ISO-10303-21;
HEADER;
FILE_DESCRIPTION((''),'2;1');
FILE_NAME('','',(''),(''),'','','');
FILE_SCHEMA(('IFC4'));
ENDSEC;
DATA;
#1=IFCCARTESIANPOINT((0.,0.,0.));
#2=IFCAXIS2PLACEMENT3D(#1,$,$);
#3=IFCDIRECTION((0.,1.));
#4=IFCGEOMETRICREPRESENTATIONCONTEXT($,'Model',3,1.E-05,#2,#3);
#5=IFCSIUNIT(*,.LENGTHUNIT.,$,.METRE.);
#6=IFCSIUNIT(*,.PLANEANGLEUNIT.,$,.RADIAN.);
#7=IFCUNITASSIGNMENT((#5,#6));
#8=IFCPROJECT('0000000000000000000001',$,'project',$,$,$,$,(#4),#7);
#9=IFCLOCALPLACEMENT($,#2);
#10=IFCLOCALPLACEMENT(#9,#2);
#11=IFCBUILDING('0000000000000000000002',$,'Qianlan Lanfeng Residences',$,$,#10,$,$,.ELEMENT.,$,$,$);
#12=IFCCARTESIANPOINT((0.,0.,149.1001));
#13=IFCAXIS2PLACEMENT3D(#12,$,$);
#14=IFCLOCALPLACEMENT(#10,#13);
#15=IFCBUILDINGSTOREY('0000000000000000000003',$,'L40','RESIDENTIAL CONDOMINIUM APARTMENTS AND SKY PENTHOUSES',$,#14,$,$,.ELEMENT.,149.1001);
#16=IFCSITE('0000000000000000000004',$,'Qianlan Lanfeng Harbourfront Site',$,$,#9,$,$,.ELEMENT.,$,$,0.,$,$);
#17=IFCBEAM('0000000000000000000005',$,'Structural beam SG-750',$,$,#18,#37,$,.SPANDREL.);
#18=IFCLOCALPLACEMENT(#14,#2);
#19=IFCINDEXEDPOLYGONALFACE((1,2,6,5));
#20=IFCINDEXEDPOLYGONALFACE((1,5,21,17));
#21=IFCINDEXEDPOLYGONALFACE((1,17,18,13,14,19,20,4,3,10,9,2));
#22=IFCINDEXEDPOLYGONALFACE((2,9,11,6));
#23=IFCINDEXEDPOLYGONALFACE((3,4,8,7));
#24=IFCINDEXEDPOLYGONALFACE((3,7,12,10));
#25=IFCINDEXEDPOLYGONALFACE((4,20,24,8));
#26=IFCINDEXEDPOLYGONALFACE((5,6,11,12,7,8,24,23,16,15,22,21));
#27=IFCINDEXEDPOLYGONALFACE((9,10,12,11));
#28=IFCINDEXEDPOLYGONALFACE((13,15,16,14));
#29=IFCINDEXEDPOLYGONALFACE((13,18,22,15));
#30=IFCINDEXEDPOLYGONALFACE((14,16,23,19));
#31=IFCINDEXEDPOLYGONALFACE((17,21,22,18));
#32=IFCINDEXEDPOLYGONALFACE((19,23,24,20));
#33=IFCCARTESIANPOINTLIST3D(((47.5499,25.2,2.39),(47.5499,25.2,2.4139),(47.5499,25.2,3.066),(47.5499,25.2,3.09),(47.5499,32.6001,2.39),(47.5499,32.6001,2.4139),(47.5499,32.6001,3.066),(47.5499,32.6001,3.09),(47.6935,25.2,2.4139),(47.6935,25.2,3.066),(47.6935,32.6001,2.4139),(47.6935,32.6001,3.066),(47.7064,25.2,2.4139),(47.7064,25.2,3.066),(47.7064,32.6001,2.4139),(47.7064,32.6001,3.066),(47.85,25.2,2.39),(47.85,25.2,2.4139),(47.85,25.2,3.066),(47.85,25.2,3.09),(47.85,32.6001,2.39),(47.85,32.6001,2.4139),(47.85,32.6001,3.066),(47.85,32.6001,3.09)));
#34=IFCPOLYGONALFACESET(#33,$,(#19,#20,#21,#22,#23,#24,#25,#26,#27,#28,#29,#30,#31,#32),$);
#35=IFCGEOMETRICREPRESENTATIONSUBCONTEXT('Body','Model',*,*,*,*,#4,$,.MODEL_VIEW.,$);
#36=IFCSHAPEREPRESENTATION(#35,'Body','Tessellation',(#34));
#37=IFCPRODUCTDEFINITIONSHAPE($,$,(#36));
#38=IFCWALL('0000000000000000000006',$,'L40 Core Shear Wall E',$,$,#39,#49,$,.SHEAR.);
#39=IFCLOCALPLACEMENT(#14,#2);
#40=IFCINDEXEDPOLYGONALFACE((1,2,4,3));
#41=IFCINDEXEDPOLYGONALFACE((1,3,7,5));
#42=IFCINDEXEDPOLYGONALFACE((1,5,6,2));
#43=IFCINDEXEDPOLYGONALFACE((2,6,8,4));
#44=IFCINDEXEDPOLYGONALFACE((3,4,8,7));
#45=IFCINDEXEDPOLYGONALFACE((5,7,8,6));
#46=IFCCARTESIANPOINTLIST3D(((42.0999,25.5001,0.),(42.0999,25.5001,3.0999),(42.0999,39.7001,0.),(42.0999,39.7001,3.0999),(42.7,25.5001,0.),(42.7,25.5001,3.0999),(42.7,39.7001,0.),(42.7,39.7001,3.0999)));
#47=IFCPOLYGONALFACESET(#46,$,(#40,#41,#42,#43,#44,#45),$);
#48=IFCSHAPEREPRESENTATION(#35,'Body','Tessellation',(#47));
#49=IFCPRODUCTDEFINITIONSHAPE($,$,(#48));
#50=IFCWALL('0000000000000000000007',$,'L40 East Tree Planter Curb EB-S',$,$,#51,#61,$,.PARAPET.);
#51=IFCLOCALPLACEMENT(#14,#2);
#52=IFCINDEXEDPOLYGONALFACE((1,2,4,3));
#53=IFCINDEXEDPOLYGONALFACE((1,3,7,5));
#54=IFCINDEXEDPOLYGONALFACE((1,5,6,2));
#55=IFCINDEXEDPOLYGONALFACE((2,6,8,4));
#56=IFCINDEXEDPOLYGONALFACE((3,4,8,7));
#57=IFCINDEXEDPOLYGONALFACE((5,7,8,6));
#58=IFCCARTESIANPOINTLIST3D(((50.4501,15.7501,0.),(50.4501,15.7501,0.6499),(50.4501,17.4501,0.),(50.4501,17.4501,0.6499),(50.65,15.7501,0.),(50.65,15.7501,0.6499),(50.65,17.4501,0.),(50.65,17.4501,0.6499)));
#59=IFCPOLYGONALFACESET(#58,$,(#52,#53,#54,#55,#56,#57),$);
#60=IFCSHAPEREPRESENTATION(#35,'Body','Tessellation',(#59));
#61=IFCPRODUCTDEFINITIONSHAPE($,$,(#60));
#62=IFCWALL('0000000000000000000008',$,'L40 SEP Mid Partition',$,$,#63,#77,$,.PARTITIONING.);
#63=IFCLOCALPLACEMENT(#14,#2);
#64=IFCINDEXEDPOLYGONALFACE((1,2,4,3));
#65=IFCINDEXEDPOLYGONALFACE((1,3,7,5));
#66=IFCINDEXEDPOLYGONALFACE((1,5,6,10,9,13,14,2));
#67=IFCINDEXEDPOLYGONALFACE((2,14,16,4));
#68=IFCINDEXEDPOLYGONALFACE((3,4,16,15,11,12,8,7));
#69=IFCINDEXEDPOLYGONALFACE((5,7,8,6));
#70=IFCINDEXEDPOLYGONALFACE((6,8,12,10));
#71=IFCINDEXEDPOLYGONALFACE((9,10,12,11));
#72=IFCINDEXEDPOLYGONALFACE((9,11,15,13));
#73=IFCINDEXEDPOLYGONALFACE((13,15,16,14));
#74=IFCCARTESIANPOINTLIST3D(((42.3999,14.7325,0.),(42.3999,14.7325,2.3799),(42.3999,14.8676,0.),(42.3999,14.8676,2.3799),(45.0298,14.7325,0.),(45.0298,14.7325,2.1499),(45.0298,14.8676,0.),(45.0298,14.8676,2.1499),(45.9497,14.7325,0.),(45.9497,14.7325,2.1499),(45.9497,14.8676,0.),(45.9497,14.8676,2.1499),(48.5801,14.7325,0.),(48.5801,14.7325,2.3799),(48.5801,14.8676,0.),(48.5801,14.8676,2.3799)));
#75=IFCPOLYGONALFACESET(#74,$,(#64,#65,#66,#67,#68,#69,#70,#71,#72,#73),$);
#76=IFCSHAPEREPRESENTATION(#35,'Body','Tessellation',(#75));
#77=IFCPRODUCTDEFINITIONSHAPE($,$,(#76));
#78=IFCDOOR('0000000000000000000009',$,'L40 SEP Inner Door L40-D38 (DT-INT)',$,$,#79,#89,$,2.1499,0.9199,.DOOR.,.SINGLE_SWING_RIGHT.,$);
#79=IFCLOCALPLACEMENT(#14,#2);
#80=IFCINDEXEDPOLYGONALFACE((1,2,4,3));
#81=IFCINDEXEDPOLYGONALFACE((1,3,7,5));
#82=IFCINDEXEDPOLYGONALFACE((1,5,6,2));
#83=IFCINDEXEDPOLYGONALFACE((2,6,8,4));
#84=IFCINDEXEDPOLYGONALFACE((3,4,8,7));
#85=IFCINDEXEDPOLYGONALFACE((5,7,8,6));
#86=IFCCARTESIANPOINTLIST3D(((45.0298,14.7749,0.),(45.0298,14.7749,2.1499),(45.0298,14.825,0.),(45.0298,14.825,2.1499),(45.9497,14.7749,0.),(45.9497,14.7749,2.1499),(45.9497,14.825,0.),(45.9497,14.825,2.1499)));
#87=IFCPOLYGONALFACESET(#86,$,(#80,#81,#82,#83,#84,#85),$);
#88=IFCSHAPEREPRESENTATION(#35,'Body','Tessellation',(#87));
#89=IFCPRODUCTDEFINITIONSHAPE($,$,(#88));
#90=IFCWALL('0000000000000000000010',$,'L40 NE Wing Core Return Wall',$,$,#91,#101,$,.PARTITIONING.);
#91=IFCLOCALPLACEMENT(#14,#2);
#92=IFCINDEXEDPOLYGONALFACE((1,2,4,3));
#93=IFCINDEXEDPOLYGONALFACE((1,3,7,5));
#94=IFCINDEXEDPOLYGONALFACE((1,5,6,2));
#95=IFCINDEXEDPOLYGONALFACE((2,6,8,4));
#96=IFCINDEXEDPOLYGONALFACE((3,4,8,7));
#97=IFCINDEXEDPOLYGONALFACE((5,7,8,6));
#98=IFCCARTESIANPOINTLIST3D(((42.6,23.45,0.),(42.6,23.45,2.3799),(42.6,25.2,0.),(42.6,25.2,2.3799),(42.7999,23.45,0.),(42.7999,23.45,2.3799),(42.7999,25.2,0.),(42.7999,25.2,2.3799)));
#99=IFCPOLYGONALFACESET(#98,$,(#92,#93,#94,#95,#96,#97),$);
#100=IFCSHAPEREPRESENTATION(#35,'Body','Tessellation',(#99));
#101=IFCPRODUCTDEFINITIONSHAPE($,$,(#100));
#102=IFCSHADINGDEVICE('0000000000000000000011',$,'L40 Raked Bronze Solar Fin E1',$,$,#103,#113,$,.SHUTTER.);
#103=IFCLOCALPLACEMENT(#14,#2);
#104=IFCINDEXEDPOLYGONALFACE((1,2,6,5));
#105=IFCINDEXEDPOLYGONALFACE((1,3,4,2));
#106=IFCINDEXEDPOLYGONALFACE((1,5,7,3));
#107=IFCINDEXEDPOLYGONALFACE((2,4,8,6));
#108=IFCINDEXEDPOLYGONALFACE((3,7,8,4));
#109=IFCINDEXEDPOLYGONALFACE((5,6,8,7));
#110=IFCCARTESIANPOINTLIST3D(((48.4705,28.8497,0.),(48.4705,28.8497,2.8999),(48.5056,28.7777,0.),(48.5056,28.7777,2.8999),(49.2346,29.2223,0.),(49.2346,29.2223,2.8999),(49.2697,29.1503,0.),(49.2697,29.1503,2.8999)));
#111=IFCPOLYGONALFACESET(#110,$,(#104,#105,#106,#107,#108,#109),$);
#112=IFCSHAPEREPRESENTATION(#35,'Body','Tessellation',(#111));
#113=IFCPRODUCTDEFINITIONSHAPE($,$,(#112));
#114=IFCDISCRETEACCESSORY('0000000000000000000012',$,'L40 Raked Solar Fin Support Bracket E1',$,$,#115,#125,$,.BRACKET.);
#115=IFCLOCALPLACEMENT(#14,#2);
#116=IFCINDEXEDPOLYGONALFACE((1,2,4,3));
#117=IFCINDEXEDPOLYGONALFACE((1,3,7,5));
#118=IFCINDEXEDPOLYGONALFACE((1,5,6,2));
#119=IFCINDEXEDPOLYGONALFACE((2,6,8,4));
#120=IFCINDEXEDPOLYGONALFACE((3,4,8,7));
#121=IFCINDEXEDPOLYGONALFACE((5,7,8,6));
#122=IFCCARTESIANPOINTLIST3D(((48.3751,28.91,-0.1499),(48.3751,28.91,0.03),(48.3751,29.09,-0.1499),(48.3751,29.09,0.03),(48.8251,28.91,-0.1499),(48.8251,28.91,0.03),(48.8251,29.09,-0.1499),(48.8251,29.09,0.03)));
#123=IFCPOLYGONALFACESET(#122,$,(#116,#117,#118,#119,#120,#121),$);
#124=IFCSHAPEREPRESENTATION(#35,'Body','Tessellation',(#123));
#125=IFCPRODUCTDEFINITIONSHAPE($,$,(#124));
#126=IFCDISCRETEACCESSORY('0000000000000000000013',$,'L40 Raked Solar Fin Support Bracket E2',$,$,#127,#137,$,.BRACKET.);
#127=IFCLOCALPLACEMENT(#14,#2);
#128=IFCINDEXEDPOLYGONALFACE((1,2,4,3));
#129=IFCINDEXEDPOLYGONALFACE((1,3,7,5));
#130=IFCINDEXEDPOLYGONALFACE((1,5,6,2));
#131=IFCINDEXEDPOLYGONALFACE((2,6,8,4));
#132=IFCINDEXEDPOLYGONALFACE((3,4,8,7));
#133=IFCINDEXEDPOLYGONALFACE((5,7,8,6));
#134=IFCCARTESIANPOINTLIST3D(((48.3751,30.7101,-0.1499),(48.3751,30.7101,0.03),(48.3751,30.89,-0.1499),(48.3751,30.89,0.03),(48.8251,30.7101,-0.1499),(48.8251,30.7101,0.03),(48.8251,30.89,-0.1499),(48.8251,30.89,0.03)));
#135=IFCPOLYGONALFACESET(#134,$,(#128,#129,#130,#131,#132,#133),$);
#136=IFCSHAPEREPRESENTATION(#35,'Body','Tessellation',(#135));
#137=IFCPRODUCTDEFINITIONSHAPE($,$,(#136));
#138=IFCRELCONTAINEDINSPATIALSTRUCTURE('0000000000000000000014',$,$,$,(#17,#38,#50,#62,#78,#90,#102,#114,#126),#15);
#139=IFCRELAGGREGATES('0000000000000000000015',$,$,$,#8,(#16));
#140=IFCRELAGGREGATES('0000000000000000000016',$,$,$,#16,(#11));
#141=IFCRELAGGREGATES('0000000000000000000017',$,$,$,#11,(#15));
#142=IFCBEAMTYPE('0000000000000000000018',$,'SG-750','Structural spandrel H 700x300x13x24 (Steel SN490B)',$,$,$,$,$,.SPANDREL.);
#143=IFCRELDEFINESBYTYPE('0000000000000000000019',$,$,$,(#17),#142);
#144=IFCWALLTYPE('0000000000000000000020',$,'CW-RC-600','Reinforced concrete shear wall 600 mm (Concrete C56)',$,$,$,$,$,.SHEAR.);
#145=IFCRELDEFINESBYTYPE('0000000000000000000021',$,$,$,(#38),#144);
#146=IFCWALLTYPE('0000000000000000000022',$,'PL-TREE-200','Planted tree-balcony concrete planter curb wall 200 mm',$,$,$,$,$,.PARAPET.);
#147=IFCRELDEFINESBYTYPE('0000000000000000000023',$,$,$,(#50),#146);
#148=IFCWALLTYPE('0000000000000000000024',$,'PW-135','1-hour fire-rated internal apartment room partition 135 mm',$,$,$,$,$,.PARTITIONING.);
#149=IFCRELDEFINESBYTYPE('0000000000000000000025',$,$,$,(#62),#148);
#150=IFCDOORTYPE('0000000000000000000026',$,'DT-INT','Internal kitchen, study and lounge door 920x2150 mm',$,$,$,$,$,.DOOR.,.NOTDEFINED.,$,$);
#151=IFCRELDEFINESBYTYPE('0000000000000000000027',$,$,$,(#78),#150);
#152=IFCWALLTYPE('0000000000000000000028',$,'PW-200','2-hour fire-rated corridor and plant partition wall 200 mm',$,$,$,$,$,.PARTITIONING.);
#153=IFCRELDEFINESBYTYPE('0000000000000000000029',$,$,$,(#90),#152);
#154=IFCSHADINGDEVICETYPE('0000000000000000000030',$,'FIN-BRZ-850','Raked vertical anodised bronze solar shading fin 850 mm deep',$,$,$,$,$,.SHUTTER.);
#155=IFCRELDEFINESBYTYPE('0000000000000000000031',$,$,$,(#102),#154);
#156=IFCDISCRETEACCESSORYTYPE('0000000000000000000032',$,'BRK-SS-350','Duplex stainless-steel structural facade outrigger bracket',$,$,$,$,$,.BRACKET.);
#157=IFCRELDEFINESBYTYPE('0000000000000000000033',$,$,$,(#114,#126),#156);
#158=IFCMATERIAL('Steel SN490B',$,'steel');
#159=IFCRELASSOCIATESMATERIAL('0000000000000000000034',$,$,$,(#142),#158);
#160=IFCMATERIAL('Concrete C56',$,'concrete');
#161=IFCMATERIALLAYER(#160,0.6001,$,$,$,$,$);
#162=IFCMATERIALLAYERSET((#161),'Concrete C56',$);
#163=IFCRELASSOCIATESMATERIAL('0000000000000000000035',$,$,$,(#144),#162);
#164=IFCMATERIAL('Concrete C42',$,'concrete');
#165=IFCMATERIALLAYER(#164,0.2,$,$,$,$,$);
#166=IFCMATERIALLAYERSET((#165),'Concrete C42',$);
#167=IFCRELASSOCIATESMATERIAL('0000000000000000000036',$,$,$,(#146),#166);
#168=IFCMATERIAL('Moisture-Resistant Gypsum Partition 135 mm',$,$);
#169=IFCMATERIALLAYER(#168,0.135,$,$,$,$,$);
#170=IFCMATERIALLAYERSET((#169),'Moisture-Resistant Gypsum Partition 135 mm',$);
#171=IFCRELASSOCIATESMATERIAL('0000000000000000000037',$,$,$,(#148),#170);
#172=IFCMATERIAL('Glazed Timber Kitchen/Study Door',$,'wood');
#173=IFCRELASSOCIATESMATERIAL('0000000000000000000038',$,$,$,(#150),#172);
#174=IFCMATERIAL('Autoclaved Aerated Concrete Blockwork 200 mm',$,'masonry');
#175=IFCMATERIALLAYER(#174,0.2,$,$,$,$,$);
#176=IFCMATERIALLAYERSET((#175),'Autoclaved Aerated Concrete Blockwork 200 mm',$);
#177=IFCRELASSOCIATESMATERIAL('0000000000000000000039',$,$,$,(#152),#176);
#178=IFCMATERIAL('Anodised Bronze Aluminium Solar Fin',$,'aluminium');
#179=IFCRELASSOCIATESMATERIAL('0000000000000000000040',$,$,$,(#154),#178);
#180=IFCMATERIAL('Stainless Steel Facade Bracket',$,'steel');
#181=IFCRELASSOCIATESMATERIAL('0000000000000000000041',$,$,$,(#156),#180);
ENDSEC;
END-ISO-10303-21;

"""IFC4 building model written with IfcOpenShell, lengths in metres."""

from ifc_helpers import new_model, si_unit, direction, frame, frame_2d, origin, origin_2d, place, context, subcontext, project, spatial, rectangle, i_section, extrude, source, transform, mapped, material, layer, layer_set, material_profile, profile_set, type_object, element, fill, save


model = new_model("IFC4")

# Units and contexts
model_context = context("Model", 3, precision=1e-05, world=origin(), true_north=direction((0.0, 1.0)))
body_context = subcontext(model_context, "Body", "Model", "MODEL_VIEW")
ifc_project = project(units=[si_unit("LENGTHUNIT", "METRE"), si_unit("PLANEANGLEUNIT", "RADIAN")], contexts=[model_context])

# Site, building, storey
site_placement = place(None, origin())
site = spatial("IfcSite", under=ifc_project, at=site_placement, Name="Qianlan Lanfeng Harbourfront Site", CompositionType="ELEMENT", RefElevation=0.0)
building_placement = place(site_placement, origin())
building = spatial("IfcBuilding", under=site, at=building_placement, Name="Qianlan Lanfeng Residences", CompositionType="ELEMENT")
storey_placement = place(building_placement, frame((0.0, 0.0, 149.1001)))
storey = spatial("IfcBuildingStorey", under=building, at=storey_placement, Name="L40", Description="RESIDENTIAL CONDOMINIUM APARTMENTS AND SKY PENTHOUSES", CompositionType="ELEMENT", Elevation=149.1001)

# Shared definitions
ifc_material_1 = material(Name="Steel SN490B", Category="steel")

# Beam
ifc_material_profile_1 = material_profile(ifc_material_1, i_section(OverallWidth=0.3, OverallDepth=0.7, WebThickness=0.0129, FlangeThickness=0.0239, at=origin_2d()), Name="H 700x300x13x24")
ifc_profile_set_1 = profile_set([ifc_material_profile_1], Name="Steel SN490B")
beam_type_1 = type_object("IfcBeamType", Name="SG-750", Description="Structural spandrel H 700x300x13x24 (Steel SN490B)", PredefinedType="SPANDREL", material=ifc_profile_set_1)
beam_1_placement = place(storey_placement, frame((47.7, 25.2, 2.74), z_axis=(0.0, 1.0, 0.0), x_axis=(-1.0, 0.0, 0.0)))
element("IfcBeam", 1, at=beam_1_placement, inside=storey, type_object=beam_type_1, Name="Structural beam SG-750", PredefinedType="SPANDREL", context=body_context, shape_type="SweptSolid", body=[
    extrude(i_section(OverallWidth=0.3, OverallDepth=0.7, WebThickness=0.0129, FlangeThickness=0.0239, at=origin_2d()), origin(), (0.0, 0.0, 1.0), 7.4001),
])

# Walls
ifc_material_2 = material(Name="Concrete C56", Category="concrete")
ifc_layer_1 = layer(ifc_material_2, 0.6001)
ifc_layer_set_1 = layer_set([ifc_layer_1], Name="Concrete C56")
wall_type_1 = type_object("IfcWallType", Name="CW-RC-600", Description="Reinforced concrete shear wall 600 mm (Concrete C56)", PredefinedType="SHEAR", material=ifc_layer_set_1)
wall_1_placement = place(storey_placement, frame((42.3999, 25.5, 0.0), z_axis=(0.0, 0.0, 1.0), x_axis=(0.0, 1.0, 0.0)))
element("IfcWall", 2, at=wall_1_placement, inside=storey, type_object=wall_type_1, Name="L40 Core Shear Wall E", PredefinedType="SHEAR", context=body_context, shape_type="SweptSolid", body=[
    extrude(rectangle(XDim=14.2, YDim=0.6001, at=frame_2d((7.1001, 0.0))), origin(), (0.0, 0.0, 1.0), 3.0999),
])
ifc_material_3 = material(Name="Concrete C42", Category="concrete")
ifc_layer_2 = layer(ifc_material_3, 0.2)
ifc_layer_set_2 = layer_set([ifc_layer_2], Name="Concrete C42")
wall_type_2 = type_object("IfcWallType", Name="PL-TREE-200", Description="Planted tree-balcony concrete planter curb wall 200 mm", PredefinedType="PARAPET", material=ifc_layer_set_2)
wall_2_placement = place(storey_placement, frame((50.55, 15.75, 0.0), z_axis=(0.0, 0.0, 1.0), x_axis=(0.0, 1.0, 0.0)))
element("IfcWall", 3, at=wall_2_placement, inside=storey, type_object=wall_type_2, Name="L40 East Tree Planter Curb EB-S", PredefinedType="PARAPET", context=body_context, shape_type="SweptSolid", body=[
    extrude(rectangle(XDim=1.7, YDim=0.2, at=frame_2d((0.8501, 0.0))), origin(), (0.0, 0.0, 1.0), 0.6499),
])

# Wall, opening, door
ifc_material_4 = material(Name="Moisture-Resistant Gypsum Partition 135 mm")
ifc_layer_3 = layer(ifc_material_4, 0.135)
ifc_layer_set_3 = layer_set([ifc_layer_3], Name="Moisture-Resistant Gypsum Partition 135 mm")
wall_type_3 = type_object("IfcWallType", Name="PW-135", Description="1-hour fire-rated internal apartment room partition 135 mm", PredefinedType="PARTITIONING", material=ifc_layer_set_3)
wall_3_placement = place(storey_placement, frame((42.3999, 14.8, 0.0), z_axis=(0.0, 0.0, 1.0), x_axis=(1.0, 0.0, 0.0)))
wall_3 = element("IfcWall", 4, at=wall_3_placement, inside=storey, type_object=wall_type_3, Name="L40 SEP Mid Partition", PredefinedType="PARTITIONING", context=body_context, shape_type="SweptSolid", body=[
    extrude(rectangle(XDim=6.1802, YDim=0.135, at=frame_2d((3.0901, 0.0))), origin(), (0.0, 0.0, 1.0), 2.3799),
])
opening_1_placement = place(wall_3_placement, frame((2.6299, 0.0, 0.0)))
opening_1 = element("IfcOpeningElement", 5, at=opening_1_placement, cuts=wall_3, PredefinedType="OPENING", context=body_context, shape_type="SweptSolid", body=[
    extrude(rectangle(XDim=0.9199, YDim=2.1499, at=frame_2d((0.46, 1.075))), frame((0.0, 0.0776, 0.0), z_axis=(0.0, -1.0, 0.0), x_axis=(1.0, 0.0, 0.0)), (0.0, 0.0, 1.0), 0.155),
])
ifc_material_5 = material(Name="Glazed Timber Kitchen/Study Door", Category="wood")
door_type = type_object("IfcDoorType", Name="DT-INT", Description="Internal kitchen, study and lounge door 920x2150 mm", OperationType="NOTDEFINED", PredefinedType="DOOR", material=ifc_material_5)
door_1_placement = place(opening_1_placement, origin())
door_1 = element("IfcDoor", 6, at=door_1_placement, inside=storey, type_object=door_type, Name="L40 SEP Inner Door L40-D38 (DT-INT)", OperationType="SINGLE_SWING_RIGHT", OverallHeight=2.1499, OverallWidth=0.9199, PredefinedType="DOOR", context=body_context, shape_type="SweptSolid", body=[
    extrude(rectangle(XDim=0.9199, YDim=2.1499, at=frame_2d((0.46, 1.075))), frame((0.0, 0.0249, 0.0), z_axis=(0.0, -1.0, 0.0), x_axis=(1.0, 0.0, 0.0)), (0.0, 0.0, 1.0), 0.05),
])
fill(opening_1, door_1)
ifc_material_6 = material(Name="Autoclaved Aerated Concrete Blockwork 200 mm", Category="masonry")
ifc_layer_4 = layer(ifc_material_6, 0.2)
ifc_layer_set_4 = layer_set([ifc_layer_4], Name="Autoclaved Aerated Concrete Blockwork 200 mm")
wall_type_4 = type_object("IfcWallType", Name="PW-200", Description="2-hour fire-rated corridor and plant partition wall 200 mm", PredefinedType="PARTITIONING", material=ifc_layer_set_4)

# Wall
wall_4_placement = place(storey_placement, frame((42.7, 23.45, 0.0), z_axis=(0.0, 0.0, 1.0), x_axis=(0.0, 1.0, 0.0)))
element("IfcWall", 7, at=wall_4_placement, inside=storey, type_object=wall_type_4, Name="L40 NE Wing Core Return Wall", PredefinedType="PARTITIONING", context=body_context, shape_type="SweptSolid", body=[
    extrude(rectangle(XDim=1.75, YDim=0.2, at=frame_2d((0.875, 0.0))), origin(), (0.0, 0.0, 1.0), 2.3799),
])

# Shading device
ifc_material_7 = material(Name="Anodised Bronze Aluminium Solar Fin", Category="aluminium")
shading_device_type = type_object("IfcShadingDeviceType", Name="FIN-BRZ-850", Description="Raked vertical anodised bronze solar shading fin 850 mm deep", PredefinedType="SHUTTER", material=ifc_material_7)
shared_shape_1 = source(origin(), body_context, "Body", "SweptSolid", [
    extrude(rectangle(XDim=0.8501, YDim=0.0801, at=origin_2d()), origin(), (0.0, 0.0, 1.0), 2.8999),
])
shading_device_placement = place(storey_placement, frame((48.8701, 29.0, 0.0), z_axis=(0.0, 0.0, 1.0), x_axis=(0.898794, 0.438371, 0.0)))
element("IfcShadingDevice", 8, at=shading_device_placement, inside=storey, type_object=shading_device_type, Name="L40 Raked Bronze Solar Fin E1", PredefinedType="SHUTTER", context=body_context, shape_type="MappedRepresentation", body=[
    mapped(shared_shape_1, transform((0.0, 0.0, 0.0), scale=1.0)),
])

# Discrete accessories
ifc_material_8 = material(Name="Stainless Steel Facade Bracket", Category="steel")
discrete_accessory_type = type_object("IfcDiscreteAccessoryType", Name="BRK-SS-350", Description="Duplex stainless-steel structural facade outrigger bracket", PredefinedType="BRACKET", material=ifc_material_8)
shared_shape_2 = source(origin(), body_context, "Body", "SweptSolid", [
    extrude(rectangle(XDim=0.45, YDim=0.1799, at=origin_2d()), origin(), (0.0, 0.0, 1.0), 0.1799),
])
for number, where, z_axis, x_axis, name in (
    (9, (48.6001, 29.0, -0.1499), (0.0, 0.0, 1.0), (1.0, 0.0, 0.0), "L40 Raked Solar Fin Support Bracket E1"),
    (10, (48.6001, 30.8, -0.1499), (0.0, 0.0, 1.0), (1.0, 0.0, 0.0), "L40 Raked Solar Fin Support Bracket E2"),
):
    element("IfcDiscreteAccessory", number, at=place(storey_placement, frame(where, z_axis=z_axis, x_axis=x_axis)), inside=storey, type_object=discrete_accessory_type, Name=name, PredefinedType="BRACKET", context=body_context, shape_type="MappedRepresentation", body=[
        mapped(shared_shape_2, transform((0.0, 0.0, 0.0), scale=1.0)),
    ])

save(model, "model.ifc")
